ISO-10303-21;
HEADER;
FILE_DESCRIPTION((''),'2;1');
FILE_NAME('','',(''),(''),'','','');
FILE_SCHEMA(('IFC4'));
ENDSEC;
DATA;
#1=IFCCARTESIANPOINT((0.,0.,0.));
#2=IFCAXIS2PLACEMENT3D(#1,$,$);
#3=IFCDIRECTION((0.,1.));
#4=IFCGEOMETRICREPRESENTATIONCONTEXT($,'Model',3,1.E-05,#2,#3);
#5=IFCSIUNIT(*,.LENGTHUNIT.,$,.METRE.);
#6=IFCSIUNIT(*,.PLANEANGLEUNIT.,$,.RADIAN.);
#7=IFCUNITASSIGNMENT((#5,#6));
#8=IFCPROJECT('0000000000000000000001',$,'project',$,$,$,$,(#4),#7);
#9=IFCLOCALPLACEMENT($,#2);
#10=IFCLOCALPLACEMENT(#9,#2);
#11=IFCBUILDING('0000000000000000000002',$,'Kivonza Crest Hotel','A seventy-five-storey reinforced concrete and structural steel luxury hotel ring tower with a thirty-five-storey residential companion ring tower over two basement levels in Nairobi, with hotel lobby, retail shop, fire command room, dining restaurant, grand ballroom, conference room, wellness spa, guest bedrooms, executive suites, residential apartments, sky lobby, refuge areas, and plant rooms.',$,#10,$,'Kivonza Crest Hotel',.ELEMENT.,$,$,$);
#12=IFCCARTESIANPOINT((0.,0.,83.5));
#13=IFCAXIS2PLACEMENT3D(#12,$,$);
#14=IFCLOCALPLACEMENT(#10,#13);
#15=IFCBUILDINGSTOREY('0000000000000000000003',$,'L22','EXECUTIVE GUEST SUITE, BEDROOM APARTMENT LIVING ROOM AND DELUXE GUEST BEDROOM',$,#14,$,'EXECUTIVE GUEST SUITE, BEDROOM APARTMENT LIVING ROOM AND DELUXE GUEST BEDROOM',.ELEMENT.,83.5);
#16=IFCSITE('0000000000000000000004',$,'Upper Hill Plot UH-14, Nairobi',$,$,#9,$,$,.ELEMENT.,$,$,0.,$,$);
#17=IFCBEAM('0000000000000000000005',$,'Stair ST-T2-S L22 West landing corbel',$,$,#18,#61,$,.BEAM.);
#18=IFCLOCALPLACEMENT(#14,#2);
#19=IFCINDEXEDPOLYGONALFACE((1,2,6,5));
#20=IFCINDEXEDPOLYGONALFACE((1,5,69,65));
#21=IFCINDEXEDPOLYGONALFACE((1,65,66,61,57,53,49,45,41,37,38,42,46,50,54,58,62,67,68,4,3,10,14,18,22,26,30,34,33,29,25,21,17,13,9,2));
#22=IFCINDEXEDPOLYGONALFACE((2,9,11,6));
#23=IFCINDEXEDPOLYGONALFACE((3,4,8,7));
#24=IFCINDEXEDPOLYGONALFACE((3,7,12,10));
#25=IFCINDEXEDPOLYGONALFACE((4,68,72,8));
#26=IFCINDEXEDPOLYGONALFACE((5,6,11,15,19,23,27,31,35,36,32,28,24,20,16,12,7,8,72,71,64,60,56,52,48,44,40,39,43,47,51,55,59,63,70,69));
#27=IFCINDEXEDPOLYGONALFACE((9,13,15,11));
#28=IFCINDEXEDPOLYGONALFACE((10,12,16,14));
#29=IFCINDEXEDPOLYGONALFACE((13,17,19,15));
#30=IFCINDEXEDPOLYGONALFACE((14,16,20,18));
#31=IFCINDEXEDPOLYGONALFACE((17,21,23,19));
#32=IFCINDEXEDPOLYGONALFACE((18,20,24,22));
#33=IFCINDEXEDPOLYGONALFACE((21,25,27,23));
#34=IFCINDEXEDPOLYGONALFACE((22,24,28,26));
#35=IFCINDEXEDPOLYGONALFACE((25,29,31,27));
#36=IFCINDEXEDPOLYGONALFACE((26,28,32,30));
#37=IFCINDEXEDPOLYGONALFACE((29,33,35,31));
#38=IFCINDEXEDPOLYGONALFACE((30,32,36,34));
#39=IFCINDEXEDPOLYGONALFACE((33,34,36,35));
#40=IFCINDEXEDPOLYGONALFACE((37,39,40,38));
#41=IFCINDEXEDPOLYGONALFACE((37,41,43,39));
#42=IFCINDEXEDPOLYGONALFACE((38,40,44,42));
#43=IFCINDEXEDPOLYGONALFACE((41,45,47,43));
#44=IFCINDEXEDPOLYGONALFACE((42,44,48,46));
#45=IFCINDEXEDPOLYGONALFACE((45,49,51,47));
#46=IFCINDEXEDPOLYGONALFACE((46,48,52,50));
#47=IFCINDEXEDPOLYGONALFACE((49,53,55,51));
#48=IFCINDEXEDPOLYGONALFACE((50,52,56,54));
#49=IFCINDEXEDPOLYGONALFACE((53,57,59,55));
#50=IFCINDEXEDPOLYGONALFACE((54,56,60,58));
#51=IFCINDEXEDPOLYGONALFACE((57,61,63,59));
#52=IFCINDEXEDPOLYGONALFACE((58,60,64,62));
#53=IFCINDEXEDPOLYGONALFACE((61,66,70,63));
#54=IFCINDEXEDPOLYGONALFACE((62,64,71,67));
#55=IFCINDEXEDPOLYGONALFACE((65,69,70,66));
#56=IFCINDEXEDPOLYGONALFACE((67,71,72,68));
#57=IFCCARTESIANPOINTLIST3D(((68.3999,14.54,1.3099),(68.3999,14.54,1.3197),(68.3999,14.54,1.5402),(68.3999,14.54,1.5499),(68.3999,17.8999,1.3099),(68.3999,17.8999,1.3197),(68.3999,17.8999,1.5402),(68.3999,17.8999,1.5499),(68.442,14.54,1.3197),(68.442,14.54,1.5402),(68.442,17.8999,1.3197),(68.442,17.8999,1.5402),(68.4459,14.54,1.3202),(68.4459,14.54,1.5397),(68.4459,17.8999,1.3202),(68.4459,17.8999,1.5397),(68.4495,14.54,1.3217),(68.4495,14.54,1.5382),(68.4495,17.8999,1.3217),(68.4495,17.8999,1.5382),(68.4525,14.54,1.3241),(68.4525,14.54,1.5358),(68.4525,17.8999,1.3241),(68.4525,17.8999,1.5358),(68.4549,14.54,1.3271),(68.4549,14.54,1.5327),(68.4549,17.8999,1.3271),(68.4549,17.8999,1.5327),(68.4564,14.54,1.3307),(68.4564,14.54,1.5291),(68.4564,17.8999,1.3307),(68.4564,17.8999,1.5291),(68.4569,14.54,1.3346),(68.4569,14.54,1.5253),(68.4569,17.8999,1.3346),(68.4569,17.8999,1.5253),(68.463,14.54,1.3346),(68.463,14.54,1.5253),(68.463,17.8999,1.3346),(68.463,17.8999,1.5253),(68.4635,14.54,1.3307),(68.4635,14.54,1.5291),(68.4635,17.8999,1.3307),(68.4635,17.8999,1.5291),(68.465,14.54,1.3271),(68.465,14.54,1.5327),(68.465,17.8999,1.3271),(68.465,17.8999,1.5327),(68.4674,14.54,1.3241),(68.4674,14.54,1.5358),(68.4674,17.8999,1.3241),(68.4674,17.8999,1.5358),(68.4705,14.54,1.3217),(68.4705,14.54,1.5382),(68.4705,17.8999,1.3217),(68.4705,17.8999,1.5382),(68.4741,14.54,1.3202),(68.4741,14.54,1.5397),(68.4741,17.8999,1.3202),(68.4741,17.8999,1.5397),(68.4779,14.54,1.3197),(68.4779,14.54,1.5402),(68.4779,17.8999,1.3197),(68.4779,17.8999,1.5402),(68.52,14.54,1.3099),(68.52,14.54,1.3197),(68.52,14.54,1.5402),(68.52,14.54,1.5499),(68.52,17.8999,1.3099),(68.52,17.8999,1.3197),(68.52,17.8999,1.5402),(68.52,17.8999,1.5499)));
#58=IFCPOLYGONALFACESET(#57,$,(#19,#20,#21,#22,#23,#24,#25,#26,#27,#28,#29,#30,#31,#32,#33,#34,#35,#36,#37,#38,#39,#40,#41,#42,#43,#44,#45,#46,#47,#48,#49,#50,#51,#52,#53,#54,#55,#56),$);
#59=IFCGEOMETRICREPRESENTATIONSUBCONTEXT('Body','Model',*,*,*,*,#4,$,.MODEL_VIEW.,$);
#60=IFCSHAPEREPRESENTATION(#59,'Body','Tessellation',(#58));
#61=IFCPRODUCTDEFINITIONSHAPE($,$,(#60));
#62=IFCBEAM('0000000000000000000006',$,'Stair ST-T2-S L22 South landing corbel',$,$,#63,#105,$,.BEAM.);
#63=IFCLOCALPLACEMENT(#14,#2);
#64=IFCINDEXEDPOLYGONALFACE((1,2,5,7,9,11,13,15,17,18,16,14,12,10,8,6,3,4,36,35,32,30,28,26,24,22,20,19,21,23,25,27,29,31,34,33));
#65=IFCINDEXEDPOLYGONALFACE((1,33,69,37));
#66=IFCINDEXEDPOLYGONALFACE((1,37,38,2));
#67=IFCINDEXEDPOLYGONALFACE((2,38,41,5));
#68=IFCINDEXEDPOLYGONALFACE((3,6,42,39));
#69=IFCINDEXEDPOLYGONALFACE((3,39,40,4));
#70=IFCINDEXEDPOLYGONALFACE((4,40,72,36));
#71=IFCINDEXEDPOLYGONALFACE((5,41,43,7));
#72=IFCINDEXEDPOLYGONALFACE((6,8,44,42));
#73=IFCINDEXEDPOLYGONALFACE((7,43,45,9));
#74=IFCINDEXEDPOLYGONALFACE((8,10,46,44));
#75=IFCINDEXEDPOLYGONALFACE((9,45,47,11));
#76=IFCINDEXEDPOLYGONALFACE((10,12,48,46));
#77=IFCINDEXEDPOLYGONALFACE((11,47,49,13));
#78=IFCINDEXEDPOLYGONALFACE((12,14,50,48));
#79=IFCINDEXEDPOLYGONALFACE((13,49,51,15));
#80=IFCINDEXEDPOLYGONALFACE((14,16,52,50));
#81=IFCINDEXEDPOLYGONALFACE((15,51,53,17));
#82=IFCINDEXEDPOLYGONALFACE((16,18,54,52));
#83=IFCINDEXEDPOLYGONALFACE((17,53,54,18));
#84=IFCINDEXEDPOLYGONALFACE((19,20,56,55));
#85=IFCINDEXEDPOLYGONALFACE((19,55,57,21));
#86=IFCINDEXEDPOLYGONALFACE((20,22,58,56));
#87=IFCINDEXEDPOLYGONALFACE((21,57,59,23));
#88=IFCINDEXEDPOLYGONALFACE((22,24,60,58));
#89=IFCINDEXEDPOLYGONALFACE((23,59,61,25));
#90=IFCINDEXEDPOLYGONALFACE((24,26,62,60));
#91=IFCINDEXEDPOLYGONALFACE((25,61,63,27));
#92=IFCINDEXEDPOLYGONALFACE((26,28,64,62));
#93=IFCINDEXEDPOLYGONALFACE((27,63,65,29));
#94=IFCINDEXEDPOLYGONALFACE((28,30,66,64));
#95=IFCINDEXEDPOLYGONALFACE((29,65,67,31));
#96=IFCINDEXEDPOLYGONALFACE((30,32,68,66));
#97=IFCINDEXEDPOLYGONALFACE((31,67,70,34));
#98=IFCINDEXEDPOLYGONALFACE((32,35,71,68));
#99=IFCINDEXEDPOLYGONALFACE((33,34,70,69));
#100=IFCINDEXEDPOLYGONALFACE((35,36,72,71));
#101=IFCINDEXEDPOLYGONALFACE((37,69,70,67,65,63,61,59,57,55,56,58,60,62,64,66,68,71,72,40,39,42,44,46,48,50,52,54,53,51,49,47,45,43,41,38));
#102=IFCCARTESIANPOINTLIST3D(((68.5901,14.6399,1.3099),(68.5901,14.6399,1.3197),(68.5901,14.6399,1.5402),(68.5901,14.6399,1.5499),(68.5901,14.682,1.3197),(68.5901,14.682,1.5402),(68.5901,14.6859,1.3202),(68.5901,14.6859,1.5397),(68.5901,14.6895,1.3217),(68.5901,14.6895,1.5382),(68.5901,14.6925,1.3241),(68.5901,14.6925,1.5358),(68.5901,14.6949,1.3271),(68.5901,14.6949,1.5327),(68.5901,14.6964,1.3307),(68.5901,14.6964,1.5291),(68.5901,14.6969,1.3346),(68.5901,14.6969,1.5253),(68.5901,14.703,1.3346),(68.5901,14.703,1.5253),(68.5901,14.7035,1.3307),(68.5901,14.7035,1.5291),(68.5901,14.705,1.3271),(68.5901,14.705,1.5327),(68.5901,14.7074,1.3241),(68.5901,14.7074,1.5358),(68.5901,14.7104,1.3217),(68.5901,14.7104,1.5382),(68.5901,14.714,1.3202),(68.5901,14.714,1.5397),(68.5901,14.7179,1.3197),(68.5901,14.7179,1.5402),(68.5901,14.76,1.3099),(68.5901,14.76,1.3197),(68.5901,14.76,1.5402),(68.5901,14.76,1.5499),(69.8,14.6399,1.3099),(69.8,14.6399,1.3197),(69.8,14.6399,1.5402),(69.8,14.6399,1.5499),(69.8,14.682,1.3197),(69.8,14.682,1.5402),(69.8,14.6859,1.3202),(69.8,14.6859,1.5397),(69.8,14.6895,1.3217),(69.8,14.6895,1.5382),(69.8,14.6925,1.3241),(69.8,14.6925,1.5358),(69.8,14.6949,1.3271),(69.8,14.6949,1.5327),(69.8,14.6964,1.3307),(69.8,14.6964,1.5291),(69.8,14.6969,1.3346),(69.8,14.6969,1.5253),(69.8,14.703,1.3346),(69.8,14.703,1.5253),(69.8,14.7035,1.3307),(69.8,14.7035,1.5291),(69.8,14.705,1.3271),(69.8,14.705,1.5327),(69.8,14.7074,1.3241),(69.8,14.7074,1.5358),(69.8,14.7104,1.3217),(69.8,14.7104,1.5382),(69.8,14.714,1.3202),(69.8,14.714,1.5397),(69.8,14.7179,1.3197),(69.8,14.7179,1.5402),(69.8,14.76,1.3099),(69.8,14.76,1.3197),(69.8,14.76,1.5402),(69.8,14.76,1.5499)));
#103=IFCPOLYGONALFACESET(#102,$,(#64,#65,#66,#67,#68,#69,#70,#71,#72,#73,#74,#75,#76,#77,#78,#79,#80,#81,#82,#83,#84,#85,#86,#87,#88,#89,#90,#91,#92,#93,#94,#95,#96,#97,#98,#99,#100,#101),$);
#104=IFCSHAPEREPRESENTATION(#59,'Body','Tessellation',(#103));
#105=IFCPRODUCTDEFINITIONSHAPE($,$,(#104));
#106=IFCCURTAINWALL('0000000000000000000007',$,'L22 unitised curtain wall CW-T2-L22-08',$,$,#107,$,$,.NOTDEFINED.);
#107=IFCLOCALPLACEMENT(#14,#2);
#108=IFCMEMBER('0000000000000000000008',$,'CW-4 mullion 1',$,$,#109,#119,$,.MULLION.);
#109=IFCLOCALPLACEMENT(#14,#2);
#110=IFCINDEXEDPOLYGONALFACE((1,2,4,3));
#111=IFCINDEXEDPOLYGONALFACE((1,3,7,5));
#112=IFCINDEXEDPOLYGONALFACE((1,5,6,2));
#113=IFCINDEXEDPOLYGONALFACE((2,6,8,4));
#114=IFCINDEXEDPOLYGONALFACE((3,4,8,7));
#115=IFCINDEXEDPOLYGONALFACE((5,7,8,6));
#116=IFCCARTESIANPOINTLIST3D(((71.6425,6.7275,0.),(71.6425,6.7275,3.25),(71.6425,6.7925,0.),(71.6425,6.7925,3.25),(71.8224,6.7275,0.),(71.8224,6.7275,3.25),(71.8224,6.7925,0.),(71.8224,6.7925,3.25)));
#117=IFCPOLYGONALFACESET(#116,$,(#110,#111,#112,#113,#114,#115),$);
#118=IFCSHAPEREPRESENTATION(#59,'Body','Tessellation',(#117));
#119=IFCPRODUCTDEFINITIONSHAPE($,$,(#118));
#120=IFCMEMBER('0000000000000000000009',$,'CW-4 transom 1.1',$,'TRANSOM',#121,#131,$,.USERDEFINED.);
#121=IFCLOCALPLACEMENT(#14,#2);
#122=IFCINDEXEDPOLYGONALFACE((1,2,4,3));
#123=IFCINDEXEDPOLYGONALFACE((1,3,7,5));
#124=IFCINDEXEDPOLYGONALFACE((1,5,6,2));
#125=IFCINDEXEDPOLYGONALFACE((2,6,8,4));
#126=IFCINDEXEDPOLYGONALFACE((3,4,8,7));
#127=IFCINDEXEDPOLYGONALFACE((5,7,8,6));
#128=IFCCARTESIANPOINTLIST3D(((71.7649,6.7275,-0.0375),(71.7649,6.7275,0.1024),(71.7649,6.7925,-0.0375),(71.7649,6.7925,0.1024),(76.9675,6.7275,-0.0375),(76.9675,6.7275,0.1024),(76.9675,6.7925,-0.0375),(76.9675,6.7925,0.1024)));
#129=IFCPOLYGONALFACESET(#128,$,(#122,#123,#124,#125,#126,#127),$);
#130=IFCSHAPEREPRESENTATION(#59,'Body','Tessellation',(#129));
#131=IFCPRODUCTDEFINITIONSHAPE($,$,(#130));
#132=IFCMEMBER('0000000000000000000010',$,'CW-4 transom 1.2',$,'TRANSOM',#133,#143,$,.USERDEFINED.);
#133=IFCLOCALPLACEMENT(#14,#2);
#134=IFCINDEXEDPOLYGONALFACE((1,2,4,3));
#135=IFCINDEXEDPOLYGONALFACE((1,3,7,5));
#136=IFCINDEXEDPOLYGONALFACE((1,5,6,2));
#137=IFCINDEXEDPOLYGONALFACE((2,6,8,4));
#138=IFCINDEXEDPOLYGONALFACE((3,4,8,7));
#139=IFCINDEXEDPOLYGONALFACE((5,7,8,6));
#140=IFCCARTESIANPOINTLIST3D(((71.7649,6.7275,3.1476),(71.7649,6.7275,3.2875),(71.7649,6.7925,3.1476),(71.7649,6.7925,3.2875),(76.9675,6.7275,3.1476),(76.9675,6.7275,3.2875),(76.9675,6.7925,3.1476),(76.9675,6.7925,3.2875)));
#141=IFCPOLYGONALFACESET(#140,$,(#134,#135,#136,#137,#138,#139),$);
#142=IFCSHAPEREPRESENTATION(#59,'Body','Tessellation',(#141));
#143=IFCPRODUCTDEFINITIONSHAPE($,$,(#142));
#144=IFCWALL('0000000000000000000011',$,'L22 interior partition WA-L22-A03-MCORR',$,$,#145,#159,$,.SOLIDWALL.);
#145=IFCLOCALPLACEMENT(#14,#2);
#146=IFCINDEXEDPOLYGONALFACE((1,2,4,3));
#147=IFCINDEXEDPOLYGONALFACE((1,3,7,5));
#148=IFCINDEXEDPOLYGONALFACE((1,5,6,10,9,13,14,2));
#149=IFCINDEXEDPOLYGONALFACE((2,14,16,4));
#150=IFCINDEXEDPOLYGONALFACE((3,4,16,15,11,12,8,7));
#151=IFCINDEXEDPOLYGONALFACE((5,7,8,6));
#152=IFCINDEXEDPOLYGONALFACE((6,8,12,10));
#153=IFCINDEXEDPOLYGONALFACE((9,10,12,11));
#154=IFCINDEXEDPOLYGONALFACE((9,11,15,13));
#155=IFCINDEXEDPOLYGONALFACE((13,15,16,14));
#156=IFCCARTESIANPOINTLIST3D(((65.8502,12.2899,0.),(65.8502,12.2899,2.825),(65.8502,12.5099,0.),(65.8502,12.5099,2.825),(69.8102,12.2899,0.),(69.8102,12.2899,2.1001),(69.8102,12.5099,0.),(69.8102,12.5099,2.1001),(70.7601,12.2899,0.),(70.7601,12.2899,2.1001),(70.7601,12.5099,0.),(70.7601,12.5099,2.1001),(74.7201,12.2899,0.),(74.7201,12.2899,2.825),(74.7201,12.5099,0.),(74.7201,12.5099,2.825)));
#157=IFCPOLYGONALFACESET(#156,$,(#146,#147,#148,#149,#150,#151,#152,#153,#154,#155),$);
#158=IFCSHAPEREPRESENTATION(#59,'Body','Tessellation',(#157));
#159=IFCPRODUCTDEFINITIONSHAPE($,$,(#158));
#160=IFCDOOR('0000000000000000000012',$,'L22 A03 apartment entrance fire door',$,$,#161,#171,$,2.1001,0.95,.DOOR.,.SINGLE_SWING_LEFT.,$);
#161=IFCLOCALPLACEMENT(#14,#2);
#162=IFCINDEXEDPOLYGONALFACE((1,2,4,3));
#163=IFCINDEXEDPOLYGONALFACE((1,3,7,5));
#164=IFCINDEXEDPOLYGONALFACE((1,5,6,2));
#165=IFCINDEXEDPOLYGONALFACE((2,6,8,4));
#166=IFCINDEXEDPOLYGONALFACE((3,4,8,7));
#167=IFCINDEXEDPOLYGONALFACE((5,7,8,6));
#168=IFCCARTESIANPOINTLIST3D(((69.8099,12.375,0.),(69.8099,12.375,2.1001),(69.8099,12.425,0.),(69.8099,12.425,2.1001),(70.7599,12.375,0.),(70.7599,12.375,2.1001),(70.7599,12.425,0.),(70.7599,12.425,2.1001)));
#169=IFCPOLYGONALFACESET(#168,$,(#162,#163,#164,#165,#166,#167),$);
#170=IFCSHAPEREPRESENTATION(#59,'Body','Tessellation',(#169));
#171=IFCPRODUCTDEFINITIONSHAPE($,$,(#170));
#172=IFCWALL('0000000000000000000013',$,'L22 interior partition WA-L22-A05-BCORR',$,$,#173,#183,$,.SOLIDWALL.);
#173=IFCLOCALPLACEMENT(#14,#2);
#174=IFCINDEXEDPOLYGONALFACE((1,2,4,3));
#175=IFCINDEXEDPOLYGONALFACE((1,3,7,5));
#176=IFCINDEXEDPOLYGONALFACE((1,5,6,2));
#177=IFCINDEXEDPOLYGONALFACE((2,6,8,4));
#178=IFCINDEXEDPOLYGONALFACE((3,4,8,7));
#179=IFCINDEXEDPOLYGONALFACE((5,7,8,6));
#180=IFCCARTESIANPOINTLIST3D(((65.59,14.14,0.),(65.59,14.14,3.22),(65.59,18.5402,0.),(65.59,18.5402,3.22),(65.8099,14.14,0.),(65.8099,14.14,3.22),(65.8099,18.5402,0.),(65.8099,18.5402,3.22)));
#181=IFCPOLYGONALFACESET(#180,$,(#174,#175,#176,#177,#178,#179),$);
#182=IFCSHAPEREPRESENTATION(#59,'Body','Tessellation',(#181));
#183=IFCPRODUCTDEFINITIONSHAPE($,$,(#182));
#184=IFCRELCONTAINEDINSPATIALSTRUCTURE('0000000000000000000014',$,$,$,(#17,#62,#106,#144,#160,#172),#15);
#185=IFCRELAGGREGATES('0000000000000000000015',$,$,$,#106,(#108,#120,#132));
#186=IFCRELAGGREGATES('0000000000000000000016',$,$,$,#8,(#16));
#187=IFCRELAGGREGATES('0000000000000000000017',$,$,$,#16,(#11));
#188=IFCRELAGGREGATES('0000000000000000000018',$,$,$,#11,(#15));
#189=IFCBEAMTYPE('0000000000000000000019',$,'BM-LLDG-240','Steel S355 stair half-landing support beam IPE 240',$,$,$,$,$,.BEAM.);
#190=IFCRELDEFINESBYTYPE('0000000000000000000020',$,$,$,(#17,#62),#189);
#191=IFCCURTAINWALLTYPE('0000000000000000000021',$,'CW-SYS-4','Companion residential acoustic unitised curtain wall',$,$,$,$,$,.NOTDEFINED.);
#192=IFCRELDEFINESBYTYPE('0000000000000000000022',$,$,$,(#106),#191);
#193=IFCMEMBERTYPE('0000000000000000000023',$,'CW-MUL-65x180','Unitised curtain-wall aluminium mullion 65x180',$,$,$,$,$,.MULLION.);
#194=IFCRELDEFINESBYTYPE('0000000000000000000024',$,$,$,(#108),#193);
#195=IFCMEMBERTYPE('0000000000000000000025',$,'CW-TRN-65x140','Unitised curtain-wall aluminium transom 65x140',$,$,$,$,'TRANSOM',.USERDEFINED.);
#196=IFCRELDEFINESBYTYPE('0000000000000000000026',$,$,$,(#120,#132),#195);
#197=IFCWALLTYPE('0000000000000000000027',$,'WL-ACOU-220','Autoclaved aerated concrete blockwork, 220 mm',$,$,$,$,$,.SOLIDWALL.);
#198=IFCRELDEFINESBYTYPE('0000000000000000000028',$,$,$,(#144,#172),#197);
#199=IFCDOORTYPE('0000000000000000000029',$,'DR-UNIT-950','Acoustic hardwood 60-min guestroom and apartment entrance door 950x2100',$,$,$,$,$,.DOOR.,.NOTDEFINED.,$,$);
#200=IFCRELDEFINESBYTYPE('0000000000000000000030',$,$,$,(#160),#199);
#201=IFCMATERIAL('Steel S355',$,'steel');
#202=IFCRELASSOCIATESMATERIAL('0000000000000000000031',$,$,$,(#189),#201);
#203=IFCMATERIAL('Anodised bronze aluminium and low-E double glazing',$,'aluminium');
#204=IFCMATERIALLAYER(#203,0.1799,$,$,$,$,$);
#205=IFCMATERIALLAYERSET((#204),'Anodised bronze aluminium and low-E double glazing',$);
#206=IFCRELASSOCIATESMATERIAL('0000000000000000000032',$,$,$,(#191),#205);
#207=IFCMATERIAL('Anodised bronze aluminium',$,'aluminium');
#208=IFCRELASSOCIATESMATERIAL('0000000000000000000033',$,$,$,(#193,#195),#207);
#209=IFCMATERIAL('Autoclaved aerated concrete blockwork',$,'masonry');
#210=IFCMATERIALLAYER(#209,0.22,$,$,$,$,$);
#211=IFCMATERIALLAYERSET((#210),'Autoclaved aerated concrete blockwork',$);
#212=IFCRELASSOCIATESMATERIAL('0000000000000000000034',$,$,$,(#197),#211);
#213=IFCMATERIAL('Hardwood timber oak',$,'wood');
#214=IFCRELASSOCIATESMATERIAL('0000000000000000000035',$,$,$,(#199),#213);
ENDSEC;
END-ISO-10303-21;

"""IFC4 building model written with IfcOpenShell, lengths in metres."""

from ifc_helpers import new_model, si_unit, direction, frame, frame_2d, origin, origin_2d, place, context, subcontext, project, spatial, rectangle, i_section, extrude, material, layer, layer_set, material_profile, profile_set, type_object, element, fill, aggregate, save


model = new_model("IFC4")

# Units and contexts
model_context = context("Model", 3, precision=1e-05, world=origin(), true_north=direction((0.0, 1.0)))
body_context = subcontext(model_context, "Body", "Model", "MODEL_VIEW")
ifc_project = project(units=[si_unit("LENGTHUNIT", "METRE"), si_unit("PLANEANGLEUNIT", "RADIAN")], contexts=[model_context])

# Site, building, storey
site_placement = place(None, origin())
site = spatial("IfcSite", under=ifc_project, at=site_placement, Name="Upper Hill Plot UH-14, Nairobi", CompositionType="ELEMENT", RefElevation=0.0)
building_placement = place(site_placement, origin())
building = spatial("IfcBuilding", under=site, at=building_placement, Name="Kivonza Crest Hotel", Description="A seventy-five-storey reinforced concrete and structural steel luxury hotel ring tower with a thirty-five-storey residential companion ring tower over two basement levels in Nairobi, with hotel lobby, retail shop, fire command room, dining restaurant, grand ballroom, conference room, wellness spa, guest bedrooms, executive suites, residential apartments, sky lobby, refuge areas, and plant rooms.", LongName="Kivonza Crest Hotel", CompositionType="ELEMENT")
storey_placement = place(building_placement, frame((0.0, 0.0, 83.5)))
storey = spatial("IfcBuildingStorey", under=building, at=storey_placement, Name="L22", Description="EXECUTIVE GUEST SUITE, BEDROOM APARTMENT LIVING ROOM AND DELUXE GUEST BEDROOM", LongName="EXECUTIVE GUEST SUITE, BEDROOM APARTMENT LIVING ROOM AND DELUXE GUEST BEDROOM", CompositionType="ELEMENT", Elevation=83.5)

# Beams
ifc_material_1 = material(Name="Steel S355", Category="steel")
ifc_material_profile_1 = material_profile(ifc_material_1, i_section(OverallWidth=0.1201, OverallDepth=0.24, WebThickness=0.0061, FlangeThickness=0.0098, FilletRadius=0.0149, at=origin_2d()), Name="IPE 240")
ifc_profile_set_1 = profile_set([ifc_material_profile_1], Name="Steel S355")
beam_type_1 = type_object("IfcBeamType", Name="BM-LLDG-240", Description="Steel S355 stair half-landing support beam IPE 240", PredefinedType="BEAM", material=ifc_profile_set_1)
beam_1_placement = place(storey_placement, frame((68.46, 14.54, 1.4299), z_axis=(0.0, 1.0, 0.0), x_axis=(-1.0, 0.0, 0.0)))
element("IfcBeam", 1, at=beam_1_placement, inside=storey, type_object=beam_type_1, Name="Stair ST-T2-S L22 West landing corbel", PredefinedType="BEAM", context=body_context, shape_type="SweptSolid", body=[
    extrude(i_section(OverallWidth=0.1201, OverallDepth=0.24, WebThickness=0.0061, FlangeThickness=0.0098, FilletRadius=0.0149, at=origin_2d()), origin(), (0.0, 0.0, 1.0), 3.3599),
])
beam_2_placement = place(storey_placement, frame((68.5901, 14.7, 1.4299), z_axis=(1.0, 0.0, 0.0), x_axis=(0.0, 1.0, 0.0)))
element("IfcBeam", 2, at=beam_2_placement, inside=storey, type_object=beam_type_1, Name="Stair ST-T2-S L22 South landing corbel", PredefinedType="BEAM", context=body_context, shape_type="SweptSolid", body=[
    extrude(i_section(OverallWidth=0.1201, OverallDepth=0.24, WebThickness=0.0061, FlangeThickness=0.0098, FilletRadius=0.0149, at=origin_2d()), origin(), (0.0, 0.0, 1.0), 1.21),
])

# Curtain wall, members
ifc_material_2 = material(Name="Anodised bronze aluminium and low-E double glazing", Category="aluminium")
ifc_layer_1 = layer(ifc_material_2, 0.1799)
ifc_layer_set_1 = layer_set([ifc_layer_1], Name="Anodised bronze aluminium and low-E double glazing")
curtain_wall_type = type_object("IfcCurtainWallType", Name="CW-SYS-4", Description="Companion residential acoustic unitised curtain wall", PredefinedType="NOTDEFINED", material=ifc_layer_set_1)
curtain_wall_placement = place(storey_placement, origin())
curtain_wall = element("IfcCurtainWall", 3, at=curtain_wall_placement, inside=storey, type_object=curtain_wall_type, Name="L22 unitised curtain wall CW-T2-L22-08", PredefinedType="NOTDEFINED")
ifc_material_3 = material(Name="Anodised bronze aluminium", Category="aluminium")
ifc_material_profile_2 = material_profile(ifc_material_3, rectangle(XDim=0.0649, YDim=0.1799, at=origin_2d()), Name="CW-M 65x180")
ifc_profile_set_2 = profile_set([ifc_material_profile_2], Name="Anodised bronze aluminium")
member_type_1 = type_object("IfcMemberType", Name="CW-MUL-65x180", Description="Unitised curtain-wall aluminium mullion 65x180", PredefinedType="MULLION", material=ifc_profile_set_2)
member_1_placement = place(storey_placement, frame((71.7324, 6.76, 0.0), z_axis=(0.0, 0.0, 1.0), x_axis=(0.0, 1.0, 0.0)))
member_1 = element("IfcMember", 4, at=member_1_placement, type_object=member_type_1, Name="CW-4 mullion 1", PredefinedType="MULLION", context=body_context, shape_type="SweptSolid", body=[
    extrude(rectangle(XDim=0.0649, YDim=0.1799, at=origin_2d()), origin(), (0.0, 0.0, 1.0), 3.25),
])
ifc_material_profile_3 = material_profile(ifc_material_3, rectangle(XDim=0.0649, YDim=0.1399, at=origin_2d()), Name="CW-T 65x140")
ifc_profile_set_3 = profile_set([ifc_material_profile_3], Name="Anodised bronze aluminium")
member_type_2 = type_object("IfcMemberType", Name="CW-TRN-65x140", Description="Unitised curtain-wall aluminium transom 65x140", ElementType="TRANSOM", PredefinedType="USERDEFINED", material=ifc_profile_set_3)
member_2_placement = place(storey_placement, frame((71.7649, 6.76, 0.0325), z_axis=(1.0, 0.0, 0.0), x_axis=(0.0, 1.0, 0.0)))
member_2 = element("IfcMember", 5, at=member_2_placement, type_object=member_type_2, Name="CW-4 transom 1.1", ObjectType="TRANSOM", PredefinedType="USERDEFINED", context=body_context, shape_type="SweptSolid", body=[
    extrude(rectangle(XDim=0.0649, YDim=0.1399, at=origin_2d()), origin(), (0.0, 0.0, 1.0), 5.2026),
])
member_3_placement = place(storey_placement, frame((71.7649, 6.76, 3.2175), z_axis=(1.0, 0.0, 0.0), x_axis=(0.0, 1.0, 0.0)))
member_3 = element("IfcMember", 6, at=member_3_placement, type_object=member_type_2, Name="CW-4 transom 1.2", ObjectType="TRANSOM", PredefinedType="USERDEFINED", context=body_context, shape_type="SweptSolid", body=[
    extrude(rectangle(XDim=0.0649, YDim=0.1399, at=origin_2d()), origin(), (0.0, 0.0, 1.0), 5.2026),
])
aggregate(curtain_wall, [member_1, member_2, member_3])

# Wall, opening, door
ifc_material_4 = material(Name="Autoclaved aerated concrete blockwork", Category="masonry")
ifc_layer_2 = layer(ifc_material_4, 0.22)
ifc_layer_set_2 = layer_set([ifc_layer_2], Name="Autoclaved aerated concrete blockwork")
wall_type_1 = type_object("IfcWallType", Name="WL-ACOU-220", Description="Autoclaved aerated concrete blockwork, 220 mm", PredefinedType="SOLIDWALL", material=ifc_layer_set_2)
wall_1_placement = place(storey_placement, frame((65.8501, 12.3999, 0.0), z_axis=(0.0, 0.0, 1.0), x_axis=(1.0, 0.0, 0.0)))
wall_1 = element("IfcWall", 7, at=wall_1_placement, inside=storey, type_object=wall_type_1, Name="L22 interior partition WA-L22-A03-MCORR", PredefinedType="SOLIDWALL", context=body_context, shape_type="SweptSolid", body=[
    extrude(rectangle(XDim=8.8699, YDim=0.22, at=frame_2d((4.4351, 0.0))), origin(), (0.0, 0.0, 1.0), 2.825),
])
opening_1_placement = place(wall_1_placement, frame((3.96, 0.0, 0.0)))
opening_1 = element("IfcOpeningElement", 8, at=opening_1_placement, cuts=wall_1, PredefinedType="OPENING", context=body_context, shape_type="SweptSolid", body=[
    extrude(rectangle(XDim=0.95, YDim=2.1001, at=frame_2d((0.4751, 1.05))), frame((0.0, 0.1201, 0.0), z_axis=(0.0, -1.0, 0.0), x_axis=(1.0, 0.0, 0.0)), (0.0, 0.0, 1.0), 0.24),
])
ifc_material_5 = material(Name="Hardwood timber oak", Category="wood")
door_type_1 = type_object("IfcDoorType", Name="DR-UNIT-950", Description="Acoustic hardwood 60-min guestroom and apartment entrance door 950x2100", OperationType="NOTDEFINED", PredefinedType="DOOR", material=ifc_material_5)
door_1_placement = place(opening_1_placement, frame((0.95, 0.0, 0.0), z_axis=(0.0, 0.0, 1.0), x_axis=(-1.0, 0.0, 0.0)))
door_1 = element("IfcDoor", 9, at=door_1_placement, inside=storey, type_object=door_type_1, Name="L22 A03 apartment entrance fire door", OperationType="SINGLE_SWING_LEFT", OverallHeight=2.1001, OverallWidth=0.95, PredefinedType="DOOR", context=body_context, shape_type="SweptSolid", body=[
    extrude(rectangle(XDim=0.95, YDim=2.1001, at=frame_2d((0.4751, 1.05))), frame((0.0, 0.0249, 0.0), z_axis=(0.0, -1.0, 0.0), x_axis=(1.0, 0.0, 0.0)), (0.0, 0.0, 1.0), 0.05),
])
fill(opening_1, door_1)

# Wall
wall_2_placement = place(storey_placement, frame((65.7, 14.1399, 0.0), z_axis=(0.0, 0.0, 1.0), x_axis=(0.0, 1.0, 0.0)))
element("IfcWall", 10, at=wall_2_placement, inside=storey, type_object=wall_type_1, Name="L22 interior partition WA-L22-A05-BCORR", PredefinedType="SOLIDWALL", context=body_context, shape_type="SweptSolid", body=[
    extrude(rectangle(XDim=4.4001, YDim=0.22, at=frame_2d((2.2002, 0.0))), origin(), (0.0, 0.0, 1.0), 3.22),
])

save(model, "model.ifc")
